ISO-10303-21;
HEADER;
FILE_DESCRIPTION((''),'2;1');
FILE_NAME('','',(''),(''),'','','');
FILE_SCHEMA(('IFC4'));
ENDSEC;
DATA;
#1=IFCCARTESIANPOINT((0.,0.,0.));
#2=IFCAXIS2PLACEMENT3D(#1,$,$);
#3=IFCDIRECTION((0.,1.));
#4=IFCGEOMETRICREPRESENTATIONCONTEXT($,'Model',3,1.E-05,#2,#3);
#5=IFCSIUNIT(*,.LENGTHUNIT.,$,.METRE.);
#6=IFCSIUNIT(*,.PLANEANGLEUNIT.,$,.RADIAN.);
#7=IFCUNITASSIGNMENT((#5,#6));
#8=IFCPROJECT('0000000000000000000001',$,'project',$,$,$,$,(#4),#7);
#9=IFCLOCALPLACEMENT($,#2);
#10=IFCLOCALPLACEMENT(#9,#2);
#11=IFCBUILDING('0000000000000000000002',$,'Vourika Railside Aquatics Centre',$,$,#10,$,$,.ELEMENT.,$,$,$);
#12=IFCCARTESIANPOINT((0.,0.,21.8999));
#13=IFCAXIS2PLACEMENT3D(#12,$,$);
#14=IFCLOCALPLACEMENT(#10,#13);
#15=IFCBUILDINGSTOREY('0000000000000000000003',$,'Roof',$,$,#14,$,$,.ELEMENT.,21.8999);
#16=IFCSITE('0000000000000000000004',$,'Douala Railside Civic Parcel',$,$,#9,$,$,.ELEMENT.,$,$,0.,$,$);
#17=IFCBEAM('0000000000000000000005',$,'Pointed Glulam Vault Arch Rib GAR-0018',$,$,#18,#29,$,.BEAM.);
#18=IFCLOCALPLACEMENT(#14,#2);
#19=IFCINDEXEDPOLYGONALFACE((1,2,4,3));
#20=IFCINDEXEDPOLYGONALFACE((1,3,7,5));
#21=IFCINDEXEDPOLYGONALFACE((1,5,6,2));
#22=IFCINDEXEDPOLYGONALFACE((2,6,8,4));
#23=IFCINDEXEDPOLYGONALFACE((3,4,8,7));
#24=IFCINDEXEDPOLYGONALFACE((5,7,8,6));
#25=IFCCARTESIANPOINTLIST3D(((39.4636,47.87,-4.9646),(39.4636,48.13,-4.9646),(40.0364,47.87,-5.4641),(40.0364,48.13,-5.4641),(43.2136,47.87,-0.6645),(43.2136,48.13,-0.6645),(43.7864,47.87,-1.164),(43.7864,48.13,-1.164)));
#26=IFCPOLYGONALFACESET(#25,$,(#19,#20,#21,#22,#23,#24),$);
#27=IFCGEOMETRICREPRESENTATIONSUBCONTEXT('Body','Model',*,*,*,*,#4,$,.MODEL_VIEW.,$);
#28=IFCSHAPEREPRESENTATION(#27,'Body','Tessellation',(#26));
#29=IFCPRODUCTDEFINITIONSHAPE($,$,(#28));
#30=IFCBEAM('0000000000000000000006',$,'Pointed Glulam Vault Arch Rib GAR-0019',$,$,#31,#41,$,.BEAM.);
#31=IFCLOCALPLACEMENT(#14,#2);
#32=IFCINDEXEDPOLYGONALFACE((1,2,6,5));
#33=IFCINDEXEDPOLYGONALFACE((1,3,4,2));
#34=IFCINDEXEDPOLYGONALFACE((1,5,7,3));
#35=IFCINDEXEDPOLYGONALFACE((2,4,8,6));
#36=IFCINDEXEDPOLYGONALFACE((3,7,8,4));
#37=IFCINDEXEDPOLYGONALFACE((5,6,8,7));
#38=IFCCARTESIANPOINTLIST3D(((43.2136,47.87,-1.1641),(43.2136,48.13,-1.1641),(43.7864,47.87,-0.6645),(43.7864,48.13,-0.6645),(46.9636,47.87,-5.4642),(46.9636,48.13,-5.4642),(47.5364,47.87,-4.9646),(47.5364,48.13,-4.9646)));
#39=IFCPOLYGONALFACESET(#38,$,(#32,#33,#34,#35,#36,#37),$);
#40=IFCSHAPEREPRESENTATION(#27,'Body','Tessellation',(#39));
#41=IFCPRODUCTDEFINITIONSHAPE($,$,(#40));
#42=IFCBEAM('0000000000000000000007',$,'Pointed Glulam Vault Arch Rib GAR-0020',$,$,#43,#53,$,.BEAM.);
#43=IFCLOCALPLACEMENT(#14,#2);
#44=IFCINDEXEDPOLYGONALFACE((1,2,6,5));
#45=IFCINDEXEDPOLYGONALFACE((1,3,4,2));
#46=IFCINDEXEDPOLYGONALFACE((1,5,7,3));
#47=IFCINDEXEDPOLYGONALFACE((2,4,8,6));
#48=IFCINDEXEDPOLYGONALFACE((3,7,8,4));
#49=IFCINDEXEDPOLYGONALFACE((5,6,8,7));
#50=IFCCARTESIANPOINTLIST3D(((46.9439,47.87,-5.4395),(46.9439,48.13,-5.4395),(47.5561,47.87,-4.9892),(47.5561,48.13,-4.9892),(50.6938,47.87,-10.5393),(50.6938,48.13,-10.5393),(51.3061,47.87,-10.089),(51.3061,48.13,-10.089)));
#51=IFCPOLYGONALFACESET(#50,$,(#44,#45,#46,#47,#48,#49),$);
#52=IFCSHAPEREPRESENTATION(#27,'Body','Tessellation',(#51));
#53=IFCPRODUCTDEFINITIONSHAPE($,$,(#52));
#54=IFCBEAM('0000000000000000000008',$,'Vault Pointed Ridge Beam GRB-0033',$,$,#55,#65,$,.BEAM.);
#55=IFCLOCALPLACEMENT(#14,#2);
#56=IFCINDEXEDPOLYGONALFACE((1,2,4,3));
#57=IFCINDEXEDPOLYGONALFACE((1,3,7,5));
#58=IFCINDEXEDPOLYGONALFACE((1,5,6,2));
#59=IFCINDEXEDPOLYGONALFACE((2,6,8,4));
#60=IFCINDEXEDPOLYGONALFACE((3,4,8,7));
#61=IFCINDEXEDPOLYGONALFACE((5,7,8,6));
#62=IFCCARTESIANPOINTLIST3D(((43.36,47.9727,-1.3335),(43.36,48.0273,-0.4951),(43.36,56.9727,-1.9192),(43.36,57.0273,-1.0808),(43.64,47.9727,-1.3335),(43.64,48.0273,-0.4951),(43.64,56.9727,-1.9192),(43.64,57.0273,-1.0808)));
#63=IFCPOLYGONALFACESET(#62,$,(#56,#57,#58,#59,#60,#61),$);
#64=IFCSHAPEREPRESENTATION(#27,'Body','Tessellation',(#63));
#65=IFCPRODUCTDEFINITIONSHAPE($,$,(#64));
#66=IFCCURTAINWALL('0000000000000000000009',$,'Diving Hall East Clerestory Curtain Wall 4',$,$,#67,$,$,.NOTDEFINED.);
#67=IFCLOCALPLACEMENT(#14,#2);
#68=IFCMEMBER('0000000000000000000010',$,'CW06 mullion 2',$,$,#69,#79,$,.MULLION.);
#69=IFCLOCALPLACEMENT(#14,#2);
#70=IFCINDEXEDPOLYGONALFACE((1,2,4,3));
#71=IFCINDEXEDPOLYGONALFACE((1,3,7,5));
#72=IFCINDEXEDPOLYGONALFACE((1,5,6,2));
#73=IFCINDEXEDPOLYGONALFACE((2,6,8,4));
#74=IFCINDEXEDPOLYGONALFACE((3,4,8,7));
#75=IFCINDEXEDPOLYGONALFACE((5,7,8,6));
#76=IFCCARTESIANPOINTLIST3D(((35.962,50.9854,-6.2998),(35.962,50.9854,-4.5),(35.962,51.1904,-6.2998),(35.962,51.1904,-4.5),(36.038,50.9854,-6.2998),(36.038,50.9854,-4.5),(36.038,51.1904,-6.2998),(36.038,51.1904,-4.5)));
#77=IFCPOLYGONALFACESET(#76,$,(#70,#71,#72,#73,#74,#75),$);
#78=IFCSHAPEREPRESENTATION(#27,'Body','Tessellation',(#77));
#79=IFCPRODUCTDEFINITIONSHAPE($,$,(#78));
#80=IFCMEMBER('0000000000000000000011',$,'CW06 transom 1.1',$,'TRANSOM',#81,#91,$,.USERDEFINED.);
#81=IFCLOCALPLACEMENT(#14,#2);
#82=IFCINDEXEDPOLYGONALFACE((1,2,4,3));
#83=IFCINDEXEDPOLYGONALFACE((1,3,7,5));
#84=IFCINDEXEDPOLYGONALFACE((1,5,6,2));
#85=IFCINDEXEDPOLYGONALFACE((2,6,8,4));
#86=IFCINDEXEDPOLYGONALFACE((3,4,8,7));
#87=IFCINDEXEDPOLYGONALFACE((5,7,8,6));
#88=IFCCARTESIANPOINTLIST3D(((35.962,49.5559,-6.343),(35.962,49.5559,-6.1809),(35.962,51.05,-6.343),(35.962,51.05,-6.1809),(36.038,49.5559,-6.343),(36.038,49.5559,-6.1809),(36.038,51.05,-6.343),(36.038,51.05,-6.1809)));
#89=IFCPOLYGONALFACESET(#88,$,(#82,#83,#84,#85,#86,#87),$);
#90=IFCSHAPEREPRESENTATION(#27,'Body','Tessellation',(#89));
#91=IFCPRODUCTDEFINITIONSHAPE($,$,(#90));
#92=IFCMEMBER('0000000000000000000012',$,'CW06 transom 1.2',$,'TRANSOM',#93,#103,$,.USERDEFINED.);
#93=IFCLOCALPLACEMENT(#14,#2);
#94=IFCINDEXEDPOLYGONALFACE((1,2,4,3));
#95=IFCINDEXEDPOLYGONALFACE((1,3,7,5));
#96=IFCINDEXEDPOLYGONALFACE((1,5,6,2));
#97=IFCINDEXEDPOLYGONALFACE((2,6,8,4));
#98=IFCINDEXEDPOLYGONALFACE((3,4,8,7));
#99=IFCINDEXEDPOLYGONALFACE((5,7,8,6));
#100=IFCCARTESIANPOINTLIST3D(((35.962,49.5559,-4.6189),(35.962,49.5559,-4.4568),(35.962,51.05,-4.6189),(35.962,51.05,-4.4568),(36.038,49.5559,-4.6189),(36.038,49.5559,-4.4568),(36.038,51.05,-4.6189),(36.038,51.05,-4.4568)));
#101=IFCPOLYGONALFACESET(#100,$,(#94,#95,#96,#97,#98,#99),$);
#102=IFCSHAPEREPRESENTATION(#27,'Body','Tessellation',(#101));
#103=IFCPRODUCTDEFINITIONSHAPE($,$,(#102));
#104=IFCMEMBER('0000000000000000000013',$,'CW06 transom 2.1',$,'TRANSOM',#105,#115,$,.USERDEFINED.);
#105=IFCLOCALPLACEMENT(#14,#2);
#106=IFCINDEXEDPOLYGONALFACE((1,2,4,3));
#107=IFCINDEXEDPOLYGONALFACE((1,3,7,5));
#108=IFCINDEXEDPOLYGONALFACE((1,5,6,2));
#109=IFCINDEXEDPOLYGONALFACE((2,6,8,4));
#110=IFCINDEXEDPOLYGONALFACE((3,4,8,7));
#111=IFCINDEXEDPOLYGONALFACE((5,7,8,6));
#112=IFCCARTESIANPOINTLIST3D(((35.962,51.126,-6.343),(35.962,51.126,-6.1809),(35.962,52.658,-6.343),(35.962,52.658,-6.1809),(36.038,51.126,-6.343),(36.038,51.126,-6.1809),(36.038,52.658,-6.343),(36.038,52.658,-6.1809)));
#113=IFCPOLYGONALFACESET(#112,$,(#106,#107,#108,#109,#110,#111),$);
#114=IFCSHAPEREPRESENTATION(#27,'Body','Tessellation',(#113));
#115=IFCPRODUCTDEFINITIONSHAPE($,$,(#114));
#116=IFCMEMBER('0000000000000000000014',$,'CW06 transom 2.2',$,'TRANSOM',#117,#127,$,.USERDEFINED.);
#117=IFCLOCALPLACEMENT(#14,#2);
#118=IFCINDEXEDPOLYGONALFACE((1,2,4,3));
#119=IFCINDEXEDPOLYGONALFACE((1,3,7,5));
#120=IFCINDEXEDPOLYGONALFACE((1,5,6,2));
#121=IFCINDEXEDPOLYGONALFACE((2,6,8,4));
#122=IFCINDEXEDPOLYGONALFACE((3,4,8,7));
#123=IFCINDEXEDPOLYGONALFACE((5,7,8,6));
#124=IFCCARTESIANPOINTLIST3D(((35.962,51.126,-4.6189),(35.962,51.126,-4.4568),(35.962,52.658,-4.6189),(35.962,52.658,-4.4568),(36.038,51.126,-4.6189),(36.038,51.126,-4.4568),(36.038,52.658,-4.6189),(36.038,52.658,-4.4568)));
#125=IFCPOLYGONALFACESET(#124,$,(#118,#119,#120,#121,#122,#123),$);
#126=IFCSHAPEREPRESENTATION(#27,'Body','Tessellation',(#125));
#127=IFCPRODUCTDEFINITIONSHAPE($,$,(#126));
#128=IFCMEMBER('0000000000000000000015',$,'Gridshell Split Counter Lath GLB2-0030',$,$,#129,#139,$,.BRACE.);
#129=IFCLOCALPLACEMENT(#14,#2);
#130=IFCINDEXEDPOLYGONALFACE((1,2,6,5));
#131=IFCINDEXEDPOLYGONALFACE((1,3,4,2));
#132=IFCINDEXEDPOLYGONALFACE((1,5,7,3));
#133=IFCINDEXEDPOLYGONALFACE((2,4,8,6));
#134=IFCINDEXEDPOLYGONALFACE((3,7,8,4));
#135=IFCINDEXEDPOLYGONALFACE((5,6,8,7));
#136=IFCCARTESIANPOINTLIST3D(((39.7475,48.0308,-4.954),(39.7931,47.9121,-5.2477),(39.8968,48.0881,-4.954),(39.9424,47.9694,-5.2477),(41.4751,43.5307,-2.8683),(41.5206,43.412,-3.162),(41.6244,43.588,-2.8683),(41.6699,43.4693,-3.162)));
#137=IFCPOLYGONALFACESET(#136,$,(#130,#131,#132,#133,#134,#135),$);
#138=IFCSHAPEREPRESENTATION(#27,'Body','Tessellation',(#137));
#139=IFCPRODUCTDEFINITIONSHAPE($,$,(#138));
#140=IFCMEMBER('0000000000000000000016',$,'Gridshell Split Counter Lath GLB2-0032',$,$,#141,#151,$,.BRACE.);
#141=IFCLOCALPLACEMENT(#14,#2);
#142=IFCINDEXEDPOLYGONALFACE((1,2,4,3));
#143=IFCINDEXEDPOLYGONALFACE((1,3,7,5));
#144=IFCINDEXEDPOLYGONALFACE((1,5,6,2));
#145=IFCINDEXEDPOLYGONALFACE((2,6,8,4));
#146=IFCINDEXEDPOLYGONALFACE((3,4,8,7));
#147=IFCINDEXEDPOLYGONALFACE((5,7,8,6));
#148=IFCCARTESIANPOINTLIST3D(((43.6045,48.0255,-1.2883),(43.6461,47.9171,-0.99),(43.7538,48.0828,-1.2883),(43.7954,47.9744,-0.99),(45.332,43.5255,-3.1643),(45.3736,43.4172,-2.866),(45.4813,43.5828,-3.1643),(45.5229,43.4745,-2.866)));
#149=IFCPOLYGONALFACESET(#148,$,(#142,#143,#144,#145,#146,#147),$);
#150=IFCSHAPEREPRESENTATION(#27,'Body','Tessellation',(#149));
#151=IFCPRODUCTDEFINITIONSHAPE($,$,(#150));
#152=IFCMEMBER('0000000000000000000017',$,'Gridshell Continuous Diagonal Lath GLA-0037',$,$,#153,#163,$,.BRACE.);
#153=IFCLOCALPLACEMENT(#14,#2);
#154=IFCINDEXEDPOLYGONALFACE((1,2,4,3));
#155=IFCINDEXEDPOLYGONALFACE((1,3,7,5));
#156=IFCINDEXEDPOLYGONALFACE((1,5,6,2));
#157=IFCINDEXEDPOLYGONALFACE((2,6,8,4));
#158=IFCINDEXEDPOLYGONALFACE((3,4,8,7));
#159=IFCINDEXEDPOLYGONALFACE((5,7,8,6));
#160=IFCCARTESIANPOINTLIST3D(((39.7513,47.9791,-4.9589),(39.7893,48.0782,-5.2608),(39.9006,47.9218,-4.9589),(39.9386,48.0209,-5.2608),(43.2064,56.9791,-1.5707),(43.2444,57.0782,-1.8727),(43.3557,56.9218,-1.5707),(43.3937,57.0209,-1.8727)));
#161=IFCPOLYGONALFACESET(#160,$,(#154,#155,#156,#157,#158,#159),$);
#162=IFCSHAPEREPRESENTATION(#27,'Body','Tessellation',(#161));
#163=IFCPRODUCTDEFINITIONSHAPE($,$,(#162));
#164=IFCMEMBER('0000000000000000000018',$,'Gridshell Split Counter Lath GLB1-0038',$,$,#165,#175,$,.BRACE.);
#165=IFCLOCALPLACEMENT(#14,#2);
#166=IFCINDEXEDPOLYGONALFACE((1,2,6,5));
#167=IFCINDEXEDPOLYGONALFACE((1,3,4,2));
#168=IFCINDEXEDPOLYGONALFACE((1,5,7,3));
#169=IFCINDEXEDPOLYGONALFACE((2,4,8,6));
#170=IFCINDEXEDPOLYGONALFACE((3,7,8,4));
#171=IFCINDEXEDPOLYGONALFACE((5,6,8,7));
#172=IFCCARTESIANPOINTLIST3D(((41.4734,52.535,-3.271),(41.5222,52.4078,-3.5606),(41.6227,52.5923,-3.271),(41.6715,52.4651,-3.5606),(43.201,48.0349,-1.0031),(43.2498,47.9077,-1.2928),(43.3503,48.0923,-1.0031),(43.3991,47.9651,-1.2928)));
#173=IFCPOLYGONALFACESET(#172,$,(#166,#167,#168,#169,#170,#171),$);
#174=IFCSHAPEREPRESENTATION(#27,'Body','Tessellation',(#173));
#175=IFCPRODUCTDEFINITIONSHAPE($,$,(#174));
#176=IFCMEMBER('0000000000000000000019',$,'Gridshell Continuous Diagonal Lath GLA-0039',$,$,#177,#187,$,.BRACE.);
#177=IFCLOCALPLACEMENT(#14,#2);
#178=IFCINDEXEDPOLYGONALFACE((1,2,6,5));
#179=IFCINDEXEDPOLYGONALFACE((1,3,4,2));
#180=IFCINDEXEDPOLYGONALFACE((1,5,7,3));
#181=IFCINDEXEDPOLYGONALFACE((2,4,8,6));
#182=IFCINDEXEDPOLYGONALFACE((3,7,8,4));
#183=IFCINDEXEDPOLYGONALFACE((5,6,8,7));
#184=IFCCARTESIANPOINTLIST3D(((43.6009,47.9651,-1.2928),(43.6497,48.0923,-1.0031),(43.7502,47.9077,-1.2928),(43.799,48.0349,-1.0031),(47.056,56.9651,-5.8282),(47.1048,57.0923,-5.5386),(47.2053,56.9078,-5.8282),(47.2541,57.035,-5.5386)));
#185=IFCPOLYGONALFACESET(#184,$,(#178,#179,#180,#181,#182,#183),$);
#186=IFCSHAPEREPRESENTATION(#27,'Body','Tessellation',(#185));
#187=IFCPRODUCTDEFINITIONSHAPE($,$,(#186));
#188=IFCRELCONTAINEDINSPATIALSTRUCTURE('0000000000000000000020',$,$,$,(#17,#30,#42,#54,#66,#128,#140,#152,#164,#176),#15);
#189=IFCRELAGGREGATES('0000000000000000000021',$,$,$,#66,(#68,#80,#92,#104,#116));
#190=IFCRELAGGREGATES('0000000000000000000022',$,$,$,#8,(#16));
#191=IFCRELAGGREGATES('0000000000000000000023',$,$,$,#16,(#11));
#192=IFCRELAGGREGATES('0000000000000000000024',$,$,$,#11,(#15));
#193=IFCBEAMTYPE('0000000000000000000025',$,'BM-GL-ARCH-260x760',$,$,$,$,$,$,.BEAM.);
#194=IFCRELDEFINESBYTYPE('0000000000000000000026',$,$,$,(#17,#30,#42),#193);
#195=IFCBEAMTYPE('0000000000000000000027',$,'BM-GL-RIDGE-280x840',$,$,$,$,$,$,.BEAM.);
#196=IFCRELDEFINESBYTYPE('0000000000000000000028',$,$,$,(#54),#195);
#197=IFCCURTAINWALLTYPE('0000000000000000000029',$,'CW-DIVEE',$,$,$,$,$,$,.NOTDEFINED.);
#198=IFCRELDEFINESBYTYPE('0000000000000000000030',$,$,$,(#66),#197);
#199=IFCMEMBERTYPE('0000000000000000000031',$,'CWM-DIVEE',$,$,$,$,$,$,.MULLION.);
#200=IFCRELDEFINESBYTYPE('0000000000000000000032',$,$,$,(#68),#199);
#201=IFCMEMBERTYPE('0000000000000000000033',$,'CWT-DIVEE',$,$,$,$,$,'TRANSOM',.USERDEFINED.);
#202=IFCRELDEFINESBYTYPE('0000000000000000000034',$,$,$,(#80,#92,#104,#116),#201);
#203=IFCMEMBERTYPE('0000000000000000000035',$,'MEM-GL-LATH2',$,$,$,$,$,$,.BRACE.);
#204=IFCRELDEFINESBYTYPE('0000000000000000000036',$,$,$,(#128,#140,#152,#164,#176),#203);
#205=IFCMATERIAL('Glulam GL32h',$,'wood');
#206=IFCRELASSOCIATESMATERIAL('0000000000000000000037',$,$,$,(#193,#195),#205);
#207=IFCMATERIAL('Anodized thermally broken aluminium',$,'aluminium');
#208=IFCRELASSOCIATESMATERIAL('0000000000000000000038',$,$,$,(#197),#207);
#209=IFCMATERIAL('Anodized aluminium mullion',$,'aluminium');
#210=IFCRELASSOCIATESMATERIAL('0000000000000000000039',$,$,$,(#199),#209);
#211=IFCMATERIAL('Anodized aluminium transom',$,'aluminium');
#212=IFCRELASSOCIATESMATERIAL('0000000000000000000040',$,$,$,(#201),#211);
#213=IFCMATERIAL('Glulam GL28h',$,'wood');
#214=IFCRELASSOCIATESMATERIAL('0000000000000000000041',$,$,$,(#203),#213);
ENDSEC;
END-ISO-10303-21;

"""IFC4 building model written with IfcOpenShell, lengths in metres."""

from ifc_helpers import new_model, si_unit, direction, frame, origin, origin_2d, place, context, subcontext, project, spatial, rectangle, extrude, material, material_profile, profile_set, type_object, element, aggregate, save


model = new_model("IFC4")

# Units and contexts
model_context = context("Model", 3, precision=1e-05, world=origin(), true_north=direction((0.0, 1.0)))
body_context = subcontext(model_context, "Body", "Model", "MODEL_VIEW")
ifc_project = project(units=[si_unit("LENGTHUNIT", "METRE"), si_unit("PLANEANGLEUNIT", "RADIAN")], contexts=[model_context])

# Site, building, storey
site_placement = place(None, origin())
site = spatial("IfcSite", under=ifc_project, at=site_placement, Name="Douala Railside Civic Parcel", CompositionType="ELEMENT", RefElevation=0.0)
building_placement = place(site_placement, origin())
building = spatial("IfcBuilding", under=site, at=building_placement, Name="Vourika Railside Aquatics Centre", CompositionType="ELEMENT")
storey_placement = place(building_placement, frame((0.0, 0.0, 21.8999)))
storey = spatial("IfcBuildingStorey", under=building, at=storey_placement, Name="Roof", CompositionType="ELEMENT", Elevation=21.8999)

# Beams
ifc_material_1 = material(Name="Glulam GL32h", Category="wood")
ifc_material_profile_1 = material_profile(ifc_material_1, rectangle(XDim=0.26, YDim=0.76, at=origin_2d()), Name="GL32h 260x760")
ifc_profile_set_1 = profile_set([ifc_material_profile_1], Name="Glulam GL32h")
beam_type_1 = type_object("IfcBeamType", Name="BM-GL-ARCH-260x760", PredefinedType="BEAM", material=ifc_profile_set_1)
for number, where, z_axis, x_axis, name in (
    (1, (39.75, 48.0, -5.2144), (0.657259, 0.0, 0.753665), (0.0, 1.0, 0.0), "Pointed Glulam Vault Arch Rib GAR-0018"),
    (2, (43.5, 48.0, -0.9143), (0.657259, 0.0, -0.753665), (0.0, 1.0, 0.0), "Pointed Glulam Vault Arch Rib GAR-0019"),
):
    element("IfcBeam", number, at=place(storey_placement, frame(where, z_axis=z_axis, x_axis=x_axis)), inside=storey, type_object=beam_type_1, Name=name, PredefinedType="BEAM", context=body_context, shape_type="SweptSolid", body=[
        extrude(rectangle(XDim=0.26, YDim=0.76, at=origin_2d()), origin(), (0.0, 0.0, 1.0), 5.7056),
    ])
beam_1_placement = place(storey_placement, frame((47.25, 48.0, -5.2144), z_axis=(0.592401, 0.0, -0.805643), x_axis=(0.0, 1.0, 0.0)))
element("IfcBeam", 3, at=beam_1_placement, inside=storey, type_object=beam_type_1, Name="Pointed Glulam Vault Arch Rib GAR-0020", PredefinedType="BEAM", context=body_context, shape_type="SweptSolid", body=[
    extrude(rectangle(XDim=0.26, YDim=0.76, at=origin_2d()), origin(), (0.0, 0.0, 1.0), 6.3301),
])
ifc_material_profile_2 = material_profile(ifc_material_1, rectangle(XDim=0.28, YDim=0.8401, at=origin_2d()), Name="GL32h 280x840")
ifc_profile_set_2 = profile_set([ifc_material_profile_2], Name="Glulam GL32h")
beam_type_2 = type_object("IfcBeamType", Name="BM-GL-RIDGE-280x840", PredefinedType="BEAM", material=ifc_profile_set_2)
beam_2_placement = place(storey_placement, frame((43.5, 48.0, -0.9143), z_axis=(0.0, 0.997889, -0.06494), x_axis=(-1.0, 0.0, 0.0)))
element("IfcBeam", 4, at=beam_2_placement, inside=storey, type_object=beam_type_2, Name="Vault Pointed Ridge Beam GRB-0033", PredefinedType="BEAM", context=body_context, shape_type="SweptSolid", body=[
    extrude(rectangle(XDim=0.28, YDim=0.8401, at=origin_2d()), origin(), (0.0, 0.0, 1.0), 9.019),
])

# Curtain wall, members
ifc_material_2 = material(Name="Anodized thermally broken aluminium", Category="aluminium")
curtain_wall_type = type_object("IfcCurtainWallType", Name="CW-DIVEE", PredefinedType="NOTDEFINED", material=ifc_material_2)
curtain_wall_placement = place(storey_placement, origin())
curtain_wall = element("IfcCurtainWall", 5, at=curtain_wall_placement, inside=storey, type_object=curtain_wall_type, Name="Diving Hall East Clerestory Curtain Wall 4", PredefinedType="NOTDEFINED")
ifc_material_3 = material(Name="Anodized aluminium mullion", Category="aluminium")
ifc_material_profile_3 = material_profile(ifc_material_3, rectangle(XDim=0.0759, YDim=0.2051, at=origin_2d()), Name="ALU-M 76x205")
ifc_profile_set_3 = profile_set([ifc_material_profile_3], Name="Anodized aluminium mullion")
member_type_1 = type_object("IfcMemberType", Name="CWM-DIVEE", PredefinedType="MULLION", material=ifc_profile_set_3)
member_1_placement = place(storey_placement, frame((36.0, 51.0879, -6.2998), z_axis=(0.0, 0.0, 1.0), x_axis=(-1.0, 0.0, 0.0)))
member_1 = element("IfcMember", 6, at=member_1_placement, type_object=member_type_1, Name="CW06 mullion 2", PredefinedType="MULLION", context=body_context, shape_type="SweptSolid", body=[
    extrude(rectangle(XDim=0.0759, YDim=0.2051, at=origin_2d()), origin(), (0.0, 0.0, 1.0), 1.7998),
])
ifc_material_4 = material(Name="Anodized aluminium transom", Category="aluminium")
ifc_material_profile_4 = material_profile(ifc_material_4, rectangle(XDim=0.0759, YDim=0.1621, at=origin_2d()), Name="ALU-T 76x162")
ifc_profile_set_4 = profile_set([ifc_material_profile_4], Name="Anodized aluminium transom")
member_type_2 = type_object("IfcMemberType", Name="CWT-DIVEE", ElementType="TRANSOM", PredefinedType="USERDEFINED", material=ifc_profile_set_4)
member_2_placement = place(storey_placement, frame((36.0, 49.5559, -6.262), z_axis=(0.0, 1.0, 0.0), x_axis=(-1.0, 0.0, 0.0)))
member_2 = element("IfcMember", 7, at=member_2_placement, type_object=member_type_2, Name="CW06 transom 1.1", ObjectType="TRANSOM", PredefinedType="USERDEFINED", context=body_context, shape_type="SweptSolid", body=[
    extrude(rectangle(XDim=0.0759, YDim=0.1621, at=origin_2d()), origin(), (0.0, 0.0, 1.0), 1.4941),
])
member_3_placement = place(storey_placement, frame((36.0, 49.5559, -4.5378), z_axis=(0.0, 1.0, 0.0), x_axis=(-1.0, 0.0, 0.0)))
member_3 = element("IfcMember", 8, at=member_3_placement, type_object=member_type_2, Name="CW06 transom 1.2", ObjectType="TRANSOM", PredefinedType="USERDEFINED", context=body_context, shape_type="SweptSolid", body=[
    extrude(rectangle(XDim=0.0759, YDim=0.1621, at=origin_2d()), origin(), (0.0, 0.0, 1.0), 1.4941),
])
member_4_placement = place(storey_placement, frame((36.0, 51.126, -6.262), z_axis=(0.0, 1.0, 0.0), x_axis=(-1.0, 0.0, 0.0)))
member_4 = element("IfcMember", 9, at=member_4_placement, type_object=member_type_2, Name="CW06 transom 2.1", ObjectType="TRANSOM", PredefinedType="USERDEFINED", context=body_context, shape_type="SweptSolid", body=[
    extrude(rectangle(XDim=0.0759, YDim=0.1621, at=origin_2d()), origin(), (0.0, 0.0, 1.0), 1.532),
])
member_5_placement = place(storey_placement, frame((36.0, 51.126, -4.5378), z_axis=(0.0, 1.0, 0.0), x_axis=(-1.0, 0.0, 0.0)))
member_5 = element("IfcMember", 10, at=member_5_placement, type_object=member_type_2, Name="CW06 transom 2.2", ObjectType="TRANSOM", PredefinedType="USERDEFINED", context=body_context, shape_type="SweptSolid", body=[
    extrude(rectangle(XDim=0.0759, YDim=0.1621, at=origin_2d()), origin(), (0.0, 0.0, 1.0), 1.532),
])

# Members
ifc_material_5 = material(Name="Glulam GL28h", Category="wood")
ifc_material_profile_5 = material_profile(ifc_material_5, rectangle(XDim=0.1599, YDim=0.3201, at=origin_2d()), Name="GL28h 160x320")
ifc_profile_set_5 = profile_set([ifc_material_profile_5], Name="Glulam GL28h")
member_type_3 = type_object("IfcMemberType", Name="MEM-GL-LATH2", PredefinedType="BRACE", material=ifc_profile_set_5)
member_6_placement = place(storey_placement, frame((41.5725, 43.5, -3.0151), z_axis=(-0.328924, 0.856801, -0.397116), x_axis=(-0.93357, -0.358395, 0.0)))
element("IfcMember", 11, at=member_6_placement, inside=storey, type_object=member_type_3, Name="Gridshell Split Counter Lath GLB2-0030", PredefinedType="BRACE", context=body_context, shape_type="SweptSolid", body=[
    extrude(rectangle(XDim=0.1599, YDim=0.3201, at=origin_2d()), origin(), (0.0, 0.0, 1.0), 5.2522),
])
member_7_placement = place(storey_placement, frame((45.4275, 43.5, -3.0151), z_axis=(-0.333992, 0.870003, 0.36269), x_axis=(-0.93357, -0.358395, 0.0)))
element("IfcMember", 12, at=member_7_placement, inside=storey, type_object=member_type_3, Name="Gridshell Split Counter Lath GLB2-0032", PredefinedType="BRACE", context=body_context, shape_type="SweptSolid", body=[
    extrude(rectangle(XDim=0.1599, YDim=0.3201, at=origin_2d()), origin(), (0.0, 0.0, 1.0), 5.1724),
])
member_8_placement = place(storey_placement, frame((39.845, 48.0, -5.1099), z_axis=(0.338121, 0.880757, 0.331574), x_axis=(-0.93357, 0.358395, 0.0)))
element("IfcMember", 13, at=member_8_placement, inside=storey, type_object=member_type_3, Name="Gridshell Continuous Diagonal Lath GLA-0037", PredefinedType="BRACE", context=body_context, shape_type="SweptSolid", body=[
    extrude(rectangle(XDim=0.1599, YDim=0.3201, at=origin_2d()), origin(), (0.0, 0.0, 1.0), 10.2185),
])
member_9_placement = place(storey_placement, frame((43.3, 48.0, -1.1479), z_axis=(-0.324296, 0.844746, -0.425719), x_axis=(-0.93357, -0.358395, 0.0)))
element("IfcMember", 14, at=member_9_placement, inside=storey, type_object=member_type_3, Name="Gridshell Split Counter Lath GLB1-0038", PredefinedType="BRACE", context=body_context, shape_type="SweptSolid", body=[
    extrude(rectangle(XDim=0.1599, YDim=0.3201, at=origin_2d()), origin(), (0.0, 0.0, 1.0), 5.3271),
])
member_10_placement = place(storey_placement, frame((43.7, 48.0, -1.1479), z_axis=(0.324299, 0.844754, -0.4257), x_axis=(-0.93357, 0.358395, 0.0)))
element("IfcMember", 15, at=member_10_placement, inside=storey, type_object=member_type_3, Name="Gridshell Continuous Diagonal Lath GLA-0039", PredefinedType="BRACE", context=body_context, shape_type="SweptSolid", body=[
    extrude(rectangle(XDim=0.1599, YDim=0.3201, at=origin_2d()), origin(), (0.0, 0.0, 1.0), 10.6541),
])

aggregate(curtain_wall, [member_1, member_2, member_3, member_4, member_5])

save(model, "model.ifc")
